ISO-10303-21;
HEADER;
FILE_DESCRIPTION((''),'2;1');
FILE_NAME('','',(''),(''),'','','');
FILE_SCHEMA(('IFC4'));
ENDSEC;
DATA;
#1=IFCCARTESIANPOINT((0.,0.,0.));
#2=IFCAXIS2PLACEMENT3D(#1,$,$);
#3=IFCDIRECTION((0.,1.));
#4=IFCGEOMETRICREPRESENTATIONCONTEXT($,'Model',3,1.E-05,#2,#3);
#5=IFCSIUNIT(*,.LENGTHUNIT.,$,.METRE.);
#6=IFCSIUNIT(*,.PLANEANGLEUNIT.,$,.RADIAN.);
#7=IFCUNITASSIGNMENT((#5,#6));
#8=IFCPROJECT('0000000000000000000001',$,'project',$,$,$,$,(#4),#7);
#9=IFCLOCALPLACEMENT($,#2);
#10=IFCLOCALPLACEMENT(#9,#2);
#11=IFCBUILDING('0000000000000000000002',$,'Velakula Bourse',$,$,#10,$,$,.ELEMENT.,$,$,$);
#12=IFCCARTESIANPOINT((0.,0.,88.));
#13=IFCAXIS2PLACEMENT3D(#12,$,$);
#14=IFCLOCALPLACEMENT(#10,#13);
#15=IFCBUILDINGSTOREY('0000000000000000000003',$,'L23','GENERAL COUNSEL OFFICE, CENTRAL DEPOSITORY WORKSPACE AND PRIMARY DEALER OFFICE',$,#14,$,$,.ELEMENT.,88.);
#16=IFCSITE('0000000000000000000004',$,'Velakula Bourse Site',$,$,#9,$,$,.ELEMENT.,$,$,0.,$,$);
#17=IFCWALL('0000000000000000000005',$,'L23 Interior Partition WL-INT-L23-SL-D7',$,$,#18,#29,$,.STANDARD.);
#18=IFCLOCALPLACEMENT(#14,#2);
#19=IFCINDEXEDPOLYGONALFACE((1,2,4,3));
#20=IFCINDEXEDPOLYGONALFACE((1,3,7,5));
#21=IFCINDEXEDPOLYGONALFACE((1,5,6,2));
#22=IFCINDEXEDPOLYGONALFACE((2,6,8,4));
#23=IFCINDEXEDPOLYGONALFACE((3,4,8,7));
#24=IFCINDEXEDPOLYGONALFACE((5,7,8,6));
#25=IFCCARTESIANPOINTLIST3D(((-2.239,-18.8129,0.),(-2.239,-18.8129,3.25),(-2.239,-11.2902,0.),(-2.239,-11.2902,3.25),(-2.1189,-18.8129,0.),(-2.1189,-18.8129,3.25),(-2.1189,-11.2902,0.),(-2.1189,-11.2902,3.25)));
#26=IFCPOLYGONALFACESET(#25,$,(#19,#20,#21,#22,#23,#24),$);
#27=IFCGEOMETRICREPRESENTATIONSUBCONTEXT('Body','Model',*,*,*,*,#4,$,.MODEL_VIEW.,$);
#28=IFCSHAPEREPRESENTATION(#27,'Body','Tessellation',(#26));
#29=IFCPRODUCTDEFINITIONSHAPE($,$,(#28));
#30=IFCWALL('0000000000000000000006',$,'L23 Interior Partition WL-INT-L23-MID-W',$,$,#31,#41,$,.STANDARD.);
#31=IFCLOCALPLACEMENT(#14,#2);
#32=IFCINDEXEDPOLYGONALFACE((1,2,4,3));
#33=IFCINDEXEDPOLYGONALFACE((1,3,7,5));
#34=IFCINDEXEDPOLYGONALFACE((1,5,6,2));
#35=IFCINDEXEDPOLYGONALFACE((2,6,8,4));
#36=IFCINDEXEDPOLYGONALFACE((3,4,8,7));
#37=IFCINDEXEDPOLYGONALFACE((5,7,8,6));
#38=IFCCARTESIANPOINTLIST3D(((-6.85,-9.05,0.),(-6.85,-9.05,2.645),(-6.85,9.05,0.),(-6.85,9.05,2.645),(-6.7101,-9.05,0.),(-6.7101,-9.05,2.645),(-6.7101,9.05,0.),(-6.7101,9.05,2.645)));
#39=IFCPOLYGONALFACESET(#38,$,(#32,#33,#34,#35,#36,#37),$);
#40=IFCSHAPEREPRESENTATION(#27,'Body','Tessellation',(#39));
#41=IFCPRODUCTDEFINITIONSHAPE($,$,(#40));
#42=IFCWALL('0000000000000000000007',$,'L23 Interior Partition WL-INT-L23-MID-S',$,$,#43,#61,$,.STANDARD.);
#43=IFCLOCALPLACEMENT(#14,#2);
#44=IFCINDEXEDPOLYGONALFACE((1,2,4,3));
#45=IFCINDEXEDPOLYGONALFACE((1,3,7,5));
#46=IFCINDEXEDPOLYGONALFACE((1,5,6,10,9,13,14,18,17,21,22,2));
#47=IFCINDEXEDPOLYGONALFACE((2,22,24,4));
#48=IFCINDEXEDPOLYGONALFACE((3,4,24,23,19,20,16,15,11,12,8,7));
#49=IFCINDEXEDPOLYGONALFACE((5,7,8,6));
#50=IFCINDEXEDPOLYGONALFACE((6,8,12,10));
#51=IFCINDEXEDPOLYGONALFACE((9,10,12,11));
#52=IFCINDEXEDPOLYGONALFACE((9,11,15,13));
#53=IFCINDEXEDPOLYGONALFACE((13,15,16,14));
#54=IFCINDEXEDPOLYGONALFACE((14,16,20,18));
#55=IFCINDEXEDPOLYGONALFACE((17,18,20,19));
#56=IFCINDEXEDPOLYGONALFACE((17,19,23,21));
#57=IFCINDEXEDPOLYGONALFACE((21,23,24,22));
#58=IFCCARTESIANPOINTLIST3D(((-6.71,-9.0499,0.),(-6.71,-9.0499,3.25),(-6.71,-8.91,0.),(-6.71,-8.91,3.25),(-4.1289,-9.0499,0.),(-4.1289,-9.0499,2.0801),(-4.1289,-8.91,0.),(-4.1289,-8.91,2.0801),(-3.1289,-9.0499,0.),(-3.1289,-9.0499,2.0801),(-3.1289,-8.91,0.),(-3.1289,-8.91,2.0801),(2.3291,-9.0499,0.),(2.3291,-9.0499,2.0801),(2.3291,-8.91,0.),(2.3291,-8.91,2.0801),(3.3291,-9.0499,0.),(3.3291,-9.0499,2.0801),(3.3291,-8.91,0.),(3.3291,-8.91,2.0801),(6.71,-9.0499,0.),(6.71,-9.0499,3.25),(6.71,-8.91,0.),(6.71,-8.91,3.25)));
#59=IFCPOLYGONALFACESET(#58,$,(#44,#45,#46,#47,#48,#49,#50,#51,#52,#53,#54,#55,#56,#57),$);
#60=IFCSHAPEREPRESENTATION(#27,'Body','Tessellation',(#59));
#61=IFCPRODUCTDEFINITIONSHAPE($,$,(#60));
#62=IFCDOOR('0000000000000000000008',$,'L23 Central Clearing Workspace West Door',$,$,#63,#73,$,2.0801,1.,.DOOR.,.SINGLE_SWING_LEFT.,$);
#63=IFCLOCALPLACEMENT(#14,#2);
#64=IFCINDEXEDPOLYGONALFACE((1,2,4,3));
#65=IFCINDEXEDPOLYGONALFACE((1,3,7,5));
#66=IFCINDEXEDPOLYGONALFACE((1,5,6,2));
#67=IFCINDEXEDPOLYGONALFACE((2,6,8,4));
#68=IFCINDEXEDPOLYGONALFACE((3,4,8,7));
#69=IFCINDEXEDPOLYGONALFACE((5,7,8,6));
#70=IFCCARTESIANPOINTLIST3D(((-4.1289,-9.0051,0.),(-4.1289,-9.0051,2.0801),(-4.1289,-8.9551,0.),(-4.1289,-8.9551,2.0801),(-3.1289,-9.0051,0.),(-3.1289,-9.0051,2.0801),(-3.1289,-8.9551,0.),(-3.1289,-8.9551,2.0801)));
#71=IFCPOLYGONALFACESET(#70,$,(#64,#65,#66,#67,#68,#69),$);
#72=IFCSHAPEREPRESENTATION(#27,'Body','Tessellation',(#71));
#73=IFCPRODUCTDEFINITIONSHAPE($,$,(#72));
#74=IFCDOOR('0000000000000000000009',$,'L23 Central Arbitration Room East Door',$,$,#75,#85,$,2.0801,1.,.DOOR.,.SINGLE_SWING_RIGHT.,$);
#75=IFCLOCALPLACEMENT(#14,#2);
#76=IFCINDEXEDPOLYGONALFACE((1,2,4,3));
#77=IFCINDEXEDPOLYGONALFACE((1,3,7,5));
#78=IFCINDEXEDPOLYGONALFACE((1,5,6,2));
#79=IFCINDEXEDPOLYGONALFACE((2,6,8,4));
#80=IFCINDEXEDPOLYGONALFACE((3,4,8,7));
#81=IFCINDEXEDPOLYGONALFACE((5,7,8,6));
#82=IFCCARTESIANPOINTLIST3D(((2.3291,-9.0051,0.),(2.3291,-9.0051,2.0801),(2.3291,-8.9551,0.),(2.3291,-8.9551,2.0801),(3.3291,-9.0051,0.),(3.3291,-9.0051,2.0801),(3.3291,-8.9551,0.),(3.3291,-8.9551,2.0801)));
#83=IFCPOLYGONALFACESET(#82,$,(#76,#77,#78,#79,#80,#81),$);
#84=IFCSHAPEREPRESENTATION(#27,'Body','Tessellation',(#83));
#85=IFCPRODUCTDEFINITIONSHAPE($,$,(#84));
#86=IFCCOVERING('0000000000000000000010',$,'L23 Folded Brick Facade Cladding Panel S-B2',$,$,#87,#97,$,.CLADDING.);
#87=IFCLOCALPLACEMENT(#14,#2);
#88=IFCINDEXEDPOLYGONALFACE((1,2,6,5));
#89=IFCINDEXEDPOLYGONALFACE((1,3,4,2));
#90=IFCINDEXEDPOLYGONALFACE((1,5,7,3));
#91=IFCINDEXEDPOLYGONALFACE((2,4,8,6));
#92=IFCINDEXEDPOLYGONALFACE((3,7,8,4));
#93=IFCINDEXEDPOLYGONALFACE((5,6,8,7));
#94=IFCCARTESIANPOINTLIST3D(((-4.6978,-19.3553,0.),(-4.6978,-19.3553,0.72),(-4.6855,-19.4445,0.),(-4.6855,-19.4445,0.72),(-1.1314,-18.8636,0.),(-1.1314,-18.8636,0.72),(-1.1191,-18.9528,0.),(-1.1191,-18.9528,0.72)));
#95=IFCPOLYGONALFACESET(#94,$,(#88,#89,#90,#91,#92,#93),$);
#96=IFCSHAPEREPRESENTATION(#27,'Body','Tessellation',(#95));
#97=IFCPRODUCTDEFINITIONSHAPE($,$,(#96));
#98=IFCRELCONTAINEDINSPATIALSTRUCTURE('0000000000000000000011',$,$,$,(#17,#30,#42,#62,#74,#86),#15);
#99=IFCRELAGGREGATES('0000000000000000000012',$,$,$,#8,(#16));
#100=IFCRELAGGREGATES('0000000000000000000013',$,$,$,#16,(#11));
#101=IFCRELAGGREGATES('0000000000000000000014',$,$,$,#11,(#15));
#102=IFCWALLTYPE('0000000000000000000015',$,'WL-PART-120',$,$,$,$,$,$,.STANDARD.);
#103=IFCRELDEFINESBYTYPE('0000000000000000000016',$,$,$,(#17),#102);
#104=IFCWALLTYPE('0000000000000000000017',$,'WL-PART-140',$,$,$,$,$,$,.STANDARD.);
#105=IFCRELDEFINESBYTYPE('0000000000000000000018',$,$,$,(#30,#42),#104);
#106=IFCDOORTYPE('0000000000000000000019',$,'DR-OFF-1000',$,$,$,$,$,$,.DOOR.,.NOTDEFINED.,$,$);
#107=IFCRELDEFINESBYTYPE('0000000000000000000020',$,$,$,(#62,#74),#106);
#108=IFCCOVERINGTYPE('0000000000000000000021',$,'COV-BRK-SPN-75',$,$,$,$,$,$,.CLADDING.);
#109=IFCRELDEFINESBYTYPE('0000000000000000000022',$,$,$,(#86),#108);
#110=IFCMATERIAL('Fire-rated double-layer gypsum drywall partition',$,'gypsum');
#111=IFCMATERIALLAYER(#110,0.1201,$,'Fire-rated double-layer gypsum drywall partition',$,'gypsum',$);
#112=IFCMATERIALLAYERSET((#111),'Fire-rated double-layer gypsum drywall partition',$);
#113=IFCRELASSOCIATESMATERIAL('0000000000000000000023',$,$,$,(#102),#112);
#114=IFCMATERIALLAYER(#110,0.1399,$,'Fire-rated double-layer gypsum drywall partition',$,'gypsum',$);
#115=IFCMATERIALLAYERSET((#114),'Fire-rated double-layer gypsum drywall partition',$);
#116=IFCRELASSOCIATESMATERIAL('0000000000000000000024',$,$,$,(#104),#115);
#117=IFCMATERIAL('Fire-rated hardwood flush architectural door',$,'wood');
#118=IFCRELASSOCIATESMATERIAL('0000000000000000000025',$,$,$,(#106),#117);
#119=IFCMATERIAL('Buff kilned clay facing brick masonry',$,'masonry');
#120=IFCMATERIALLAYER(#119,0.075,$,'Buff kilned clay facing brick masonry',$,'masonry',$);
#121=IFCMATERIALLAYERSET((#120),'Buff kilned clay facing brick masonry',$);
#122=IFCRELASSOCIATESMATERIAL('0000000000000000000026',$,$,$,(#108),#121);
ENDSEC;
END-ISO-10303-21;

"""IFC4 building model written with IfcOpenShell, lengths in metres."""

from ifc_helpers import new_model, si_unit, direction, frame, frame_2d, origin, origin_2d, place, context, subcontext, project, spatial, rectangle, extrude, material, layer, layer_set, type_object, element, fill, save


model = new_model("IFC4")

# Units and contexts
model_context = context("Model", 3, precision=1e-05, world=origin(), true_north=direction((0.0, 1.0)))
body_context = subcontext(model_context, "Body", "Model", "MODEL_VIEW")
ifc_project = project(units=[si_unit("LENGTHUNIT", "METRE"), si_unit("PLANEANGLEUNIT", "RADIAN")], contexts=[model_context])

# Site, building, storey
site_placement = place(None, origin())
site = spatial("IfcSite", under=ifc_project, at=site_placement, Name="Velakula Bourse Site", CompositionType="ELEMENT", RefElevation=0.0)
building_placement = place(site_placement, origin())
building = spatial("IfcBuilding", under=site, at=building_placement, Name="Velakula Bourse", CompositionType="ELEMENT")
storey_placement = place(building_placement, frame((0.0, 0.0, 88.0)))
storey = spatial("IfcBuildingStorey", under=building, at=storey_placement, Name="L23", Description="GENERAL COUNSEL OFFICE, CENTRAL DEPOSITORY WORKSPACE AND PRIMARY DEALER OFFICE", CompositionType="ELEMENT", Elevation=88.0)

# Walls
ifc_material_1 = material(Name="Fire-rated double-layer gypsum drywall partition", Category="gypsum")
ifc_layer_1 = layer(ifc_material_1, 0.1201, Name="Fire-rated double-layer gypsum drywall partition", Category="gypsum")
ifc_layer_set_1 = layer_set([ifc_layer_1], Name="Fire-rated double-layer gypsum drywall partition")
wall_type_1 = type_object("IfcWallType", Name="WL-PART-120", PredefinedType="STANDARD", material=ifc_layer_set_1)
wall_1_placement = place(storey_placement, frame((-2.179, -18.8127, 0.0), z_axis=(0.0, 0.0, 1.0), x_axis=(0.0, 1.0, 0.0)))
element("IfcWall", 1, at=wall_1_placement, inside=storey, type_object=wall_type_1, Name="L23 Interior Partition WL-INT-L23-SL-D7", PredefinedType="STANDARD", context=body_context, shape_type="SweptSolid", body=[
    extrude(rectangle(XDim=7.5227, YDim=0.1201, at=frame_2d((3.7612, 0.0))), origin(), (0.0, 0.0, 1.0), 3.25),
])
ifc_layer_2 = layer(ifc_material_1, 0.1399, Name="Fire-rated double-layer gypsum drywall partition", Category="gypsum")
ifc_layer_set_2 = layer_set([ifc_layer_2], Name="Fire-rated double-layer gypsum drywall partition")
wall_type_2 = type_object("IfcWallType", Name="WL-PART-140", PredefinedType="STANDARD", material=ifc_layer_set_2)
wall_2_placement = place(storey_placement, frame((-6.78, -9.05, 0.0), z_axis=(0.0, 0.0, 1.0), x_axis=(0.0, 1.0, 0.0)))
element("IfcWall", 2, at=wall_2_placement, inside=storey, type_object=wall_type_2, Name="L23 Interior Partition WL-INT-L23-MID-W", PredefinedType="STANDARD", context=body_context, shape_type="SweptSolid", body=[
    extrude(rectangle(XDim=18.1001, YDim=0.1399, at=frame_2d((9.05, 0.0))), origin(), (0.0, 0.0, 1.0), 2.645),
])

# Wall, openings, doors
wall_3_placement = place(storey_placement, frame((-6.71, -8.98, 0.0), z_axis=(0.0, 0.0, 1.0), x_axis=(1.0, 0.0, 0.0)))
wall_3 = element("IfcWall", 3, at=wall_3_placement, inside=storey, type_object=wall_type_2, Name="L23 Interior Partition WL-INT-L23-MID-S", PredefinedType="STANDARD", context=body_context, shape_type="SweptSolid", body=[
    extrude(rectangle(XDim=13.4199, YDim=0.1399, at=frame_2d((6.71, 0.0))), origin(), (0.0, 0.0, 1.0), 3.25),
])
opening_1_placement = place(wall_3_placement, frame((2.5811, 0.0, 0.0)))
opening_1 = element("IfcOpeningElement", 4, at=opening_1_placement, cuts=wall_3, PredefinedType="OPENING", context=body_context, shape_type="SweptSolid", body=[
    extrude(rectangle(XDim=1.0, YDim=2.0801, at=frame_2d((0.5, 1.04))), frame((0.0, 0.0798, 0.0), z_axis=(0.0, -1.0, 0.0), x_axis=(1.0, 0.0, 0.0)), (0.0, 0.0, 1.0), 0.1599),
])
opening_2_placement = place(wall_3_placement, frame((9.0391, 0.0, 0.0)))
opening_2 = element("IfcOpeningElement", 5, at=opening_2_placement, cuts=wall_3, PredefinedType="OPENING", context=body_context, shape_type="SweptSolid", body=[
    extrude(rectangle(XDim=1.0, YDim=2.0801, at=frame_2d((0.5, 1.04))), frame((0.0, 0.0798, 0.0), z_axis=(0.0, -1.0, 0.0), x_axis=(1.0, 0.0, 0.0)), (0.0, 0.0, 1.0), 0.1599),
])
ifc_material_2 = material(Name="Fire-rated hardwood flush architectural door", Category="wood")
door_type = type_object("IfcDoorType", Name="DR-OFF-1000", OperationType="NOTDEFINED", PredefinedType="DOOR", material=ifc_material_2)
door_1_placement = place(opening_1_placement, origin())
door_1 = element("IfcDoor", 6, at=door_1_placement, inside=storey, type_object=door_type, Name="L23 Central Clearing Workspace West Door", OperationType="SINGLE_SWING_LEFT", OverallHeight=2.0801, OverallWidth=1.0, PredefinedType="DOOR", context=body_context, shape_type="SweptSolid", body=[
    extrude(rectangle(XDim=1.0, YDim=2.0801, at=frame_2d((0.5, 1.04))), frame((0.0, 0.0249, 0.0), z_axis=(0.0, -1.0, 0.0), x_axis=(1.0, 0.0, 0.0)), (0.0, 0.0, 1.0), 0.05),
])
fill(opening_1, door_1)
door_2_placement = place(opening_2_placement, origin())
door_2 = element("IfcDoor", 7, at=door_2_placement, inside=storey, type_object=door_type, Name="L23 Central Arbitration Room East Door", OperationType="SINGLE_SWING_RIGHT", OverallHeight=2.0801, OverallWidth=1.0, PredefinedType="DOOR", context=body_context, shape_type="SweptSolid", body=[
    extrude(rectangle(XDim=1.0, YDim=2.0801, at=frame_2d((0.5, 1.04))), frame((0.0, 0.0249, 0.0), z_axis=(0.0, -1.0, 0.0), x_axis=(1.0, 0.0, 0.0)), (0.0, 0.0, 1.0), 0.05),
])
fill(opening_2, door_2)

# Covering
ifc_material_3 = material(Name="Buff kilned clay facing brick masonry", Category="masonry")
ifc_layer_3 = layer(ifc_material_3, 0.075, Name="Buff kilned clay facing brick masonry", Category="masonry")
ifc_layer_set_3 = layer_set([ifc_layer_3], Name="Buff kilned clay facing brick masonry")
covering_type = type_object("IfcCoveringType", Name="COV-BRK-SPN-75", PredefinedType="CLADDING", material=ifc_layer_set_3)
covering_placement = place(storey_placement, frame((-2.9084, -19.1541, 0.0), z_axis=(0.0, 0.0, 1.0), x_axis=(0.990629, 0.13658, 0.0)))
element("IfcCovering", 8, at=covering_placement, inside=storey, type_object=covering_type, Name="L23 Folded Brick Facade Cladding Panel S-B2", PredefinedType="CLADDING", context=body_context, shape_type="SweptSolid", body=[
    extrude(rectangle(XDim=3.6001, YDim=0.0901, at=origin_2d()), origin(), (0.0, 0.0, 1.0), 0.72),
])

save(model, "model.ifc")
